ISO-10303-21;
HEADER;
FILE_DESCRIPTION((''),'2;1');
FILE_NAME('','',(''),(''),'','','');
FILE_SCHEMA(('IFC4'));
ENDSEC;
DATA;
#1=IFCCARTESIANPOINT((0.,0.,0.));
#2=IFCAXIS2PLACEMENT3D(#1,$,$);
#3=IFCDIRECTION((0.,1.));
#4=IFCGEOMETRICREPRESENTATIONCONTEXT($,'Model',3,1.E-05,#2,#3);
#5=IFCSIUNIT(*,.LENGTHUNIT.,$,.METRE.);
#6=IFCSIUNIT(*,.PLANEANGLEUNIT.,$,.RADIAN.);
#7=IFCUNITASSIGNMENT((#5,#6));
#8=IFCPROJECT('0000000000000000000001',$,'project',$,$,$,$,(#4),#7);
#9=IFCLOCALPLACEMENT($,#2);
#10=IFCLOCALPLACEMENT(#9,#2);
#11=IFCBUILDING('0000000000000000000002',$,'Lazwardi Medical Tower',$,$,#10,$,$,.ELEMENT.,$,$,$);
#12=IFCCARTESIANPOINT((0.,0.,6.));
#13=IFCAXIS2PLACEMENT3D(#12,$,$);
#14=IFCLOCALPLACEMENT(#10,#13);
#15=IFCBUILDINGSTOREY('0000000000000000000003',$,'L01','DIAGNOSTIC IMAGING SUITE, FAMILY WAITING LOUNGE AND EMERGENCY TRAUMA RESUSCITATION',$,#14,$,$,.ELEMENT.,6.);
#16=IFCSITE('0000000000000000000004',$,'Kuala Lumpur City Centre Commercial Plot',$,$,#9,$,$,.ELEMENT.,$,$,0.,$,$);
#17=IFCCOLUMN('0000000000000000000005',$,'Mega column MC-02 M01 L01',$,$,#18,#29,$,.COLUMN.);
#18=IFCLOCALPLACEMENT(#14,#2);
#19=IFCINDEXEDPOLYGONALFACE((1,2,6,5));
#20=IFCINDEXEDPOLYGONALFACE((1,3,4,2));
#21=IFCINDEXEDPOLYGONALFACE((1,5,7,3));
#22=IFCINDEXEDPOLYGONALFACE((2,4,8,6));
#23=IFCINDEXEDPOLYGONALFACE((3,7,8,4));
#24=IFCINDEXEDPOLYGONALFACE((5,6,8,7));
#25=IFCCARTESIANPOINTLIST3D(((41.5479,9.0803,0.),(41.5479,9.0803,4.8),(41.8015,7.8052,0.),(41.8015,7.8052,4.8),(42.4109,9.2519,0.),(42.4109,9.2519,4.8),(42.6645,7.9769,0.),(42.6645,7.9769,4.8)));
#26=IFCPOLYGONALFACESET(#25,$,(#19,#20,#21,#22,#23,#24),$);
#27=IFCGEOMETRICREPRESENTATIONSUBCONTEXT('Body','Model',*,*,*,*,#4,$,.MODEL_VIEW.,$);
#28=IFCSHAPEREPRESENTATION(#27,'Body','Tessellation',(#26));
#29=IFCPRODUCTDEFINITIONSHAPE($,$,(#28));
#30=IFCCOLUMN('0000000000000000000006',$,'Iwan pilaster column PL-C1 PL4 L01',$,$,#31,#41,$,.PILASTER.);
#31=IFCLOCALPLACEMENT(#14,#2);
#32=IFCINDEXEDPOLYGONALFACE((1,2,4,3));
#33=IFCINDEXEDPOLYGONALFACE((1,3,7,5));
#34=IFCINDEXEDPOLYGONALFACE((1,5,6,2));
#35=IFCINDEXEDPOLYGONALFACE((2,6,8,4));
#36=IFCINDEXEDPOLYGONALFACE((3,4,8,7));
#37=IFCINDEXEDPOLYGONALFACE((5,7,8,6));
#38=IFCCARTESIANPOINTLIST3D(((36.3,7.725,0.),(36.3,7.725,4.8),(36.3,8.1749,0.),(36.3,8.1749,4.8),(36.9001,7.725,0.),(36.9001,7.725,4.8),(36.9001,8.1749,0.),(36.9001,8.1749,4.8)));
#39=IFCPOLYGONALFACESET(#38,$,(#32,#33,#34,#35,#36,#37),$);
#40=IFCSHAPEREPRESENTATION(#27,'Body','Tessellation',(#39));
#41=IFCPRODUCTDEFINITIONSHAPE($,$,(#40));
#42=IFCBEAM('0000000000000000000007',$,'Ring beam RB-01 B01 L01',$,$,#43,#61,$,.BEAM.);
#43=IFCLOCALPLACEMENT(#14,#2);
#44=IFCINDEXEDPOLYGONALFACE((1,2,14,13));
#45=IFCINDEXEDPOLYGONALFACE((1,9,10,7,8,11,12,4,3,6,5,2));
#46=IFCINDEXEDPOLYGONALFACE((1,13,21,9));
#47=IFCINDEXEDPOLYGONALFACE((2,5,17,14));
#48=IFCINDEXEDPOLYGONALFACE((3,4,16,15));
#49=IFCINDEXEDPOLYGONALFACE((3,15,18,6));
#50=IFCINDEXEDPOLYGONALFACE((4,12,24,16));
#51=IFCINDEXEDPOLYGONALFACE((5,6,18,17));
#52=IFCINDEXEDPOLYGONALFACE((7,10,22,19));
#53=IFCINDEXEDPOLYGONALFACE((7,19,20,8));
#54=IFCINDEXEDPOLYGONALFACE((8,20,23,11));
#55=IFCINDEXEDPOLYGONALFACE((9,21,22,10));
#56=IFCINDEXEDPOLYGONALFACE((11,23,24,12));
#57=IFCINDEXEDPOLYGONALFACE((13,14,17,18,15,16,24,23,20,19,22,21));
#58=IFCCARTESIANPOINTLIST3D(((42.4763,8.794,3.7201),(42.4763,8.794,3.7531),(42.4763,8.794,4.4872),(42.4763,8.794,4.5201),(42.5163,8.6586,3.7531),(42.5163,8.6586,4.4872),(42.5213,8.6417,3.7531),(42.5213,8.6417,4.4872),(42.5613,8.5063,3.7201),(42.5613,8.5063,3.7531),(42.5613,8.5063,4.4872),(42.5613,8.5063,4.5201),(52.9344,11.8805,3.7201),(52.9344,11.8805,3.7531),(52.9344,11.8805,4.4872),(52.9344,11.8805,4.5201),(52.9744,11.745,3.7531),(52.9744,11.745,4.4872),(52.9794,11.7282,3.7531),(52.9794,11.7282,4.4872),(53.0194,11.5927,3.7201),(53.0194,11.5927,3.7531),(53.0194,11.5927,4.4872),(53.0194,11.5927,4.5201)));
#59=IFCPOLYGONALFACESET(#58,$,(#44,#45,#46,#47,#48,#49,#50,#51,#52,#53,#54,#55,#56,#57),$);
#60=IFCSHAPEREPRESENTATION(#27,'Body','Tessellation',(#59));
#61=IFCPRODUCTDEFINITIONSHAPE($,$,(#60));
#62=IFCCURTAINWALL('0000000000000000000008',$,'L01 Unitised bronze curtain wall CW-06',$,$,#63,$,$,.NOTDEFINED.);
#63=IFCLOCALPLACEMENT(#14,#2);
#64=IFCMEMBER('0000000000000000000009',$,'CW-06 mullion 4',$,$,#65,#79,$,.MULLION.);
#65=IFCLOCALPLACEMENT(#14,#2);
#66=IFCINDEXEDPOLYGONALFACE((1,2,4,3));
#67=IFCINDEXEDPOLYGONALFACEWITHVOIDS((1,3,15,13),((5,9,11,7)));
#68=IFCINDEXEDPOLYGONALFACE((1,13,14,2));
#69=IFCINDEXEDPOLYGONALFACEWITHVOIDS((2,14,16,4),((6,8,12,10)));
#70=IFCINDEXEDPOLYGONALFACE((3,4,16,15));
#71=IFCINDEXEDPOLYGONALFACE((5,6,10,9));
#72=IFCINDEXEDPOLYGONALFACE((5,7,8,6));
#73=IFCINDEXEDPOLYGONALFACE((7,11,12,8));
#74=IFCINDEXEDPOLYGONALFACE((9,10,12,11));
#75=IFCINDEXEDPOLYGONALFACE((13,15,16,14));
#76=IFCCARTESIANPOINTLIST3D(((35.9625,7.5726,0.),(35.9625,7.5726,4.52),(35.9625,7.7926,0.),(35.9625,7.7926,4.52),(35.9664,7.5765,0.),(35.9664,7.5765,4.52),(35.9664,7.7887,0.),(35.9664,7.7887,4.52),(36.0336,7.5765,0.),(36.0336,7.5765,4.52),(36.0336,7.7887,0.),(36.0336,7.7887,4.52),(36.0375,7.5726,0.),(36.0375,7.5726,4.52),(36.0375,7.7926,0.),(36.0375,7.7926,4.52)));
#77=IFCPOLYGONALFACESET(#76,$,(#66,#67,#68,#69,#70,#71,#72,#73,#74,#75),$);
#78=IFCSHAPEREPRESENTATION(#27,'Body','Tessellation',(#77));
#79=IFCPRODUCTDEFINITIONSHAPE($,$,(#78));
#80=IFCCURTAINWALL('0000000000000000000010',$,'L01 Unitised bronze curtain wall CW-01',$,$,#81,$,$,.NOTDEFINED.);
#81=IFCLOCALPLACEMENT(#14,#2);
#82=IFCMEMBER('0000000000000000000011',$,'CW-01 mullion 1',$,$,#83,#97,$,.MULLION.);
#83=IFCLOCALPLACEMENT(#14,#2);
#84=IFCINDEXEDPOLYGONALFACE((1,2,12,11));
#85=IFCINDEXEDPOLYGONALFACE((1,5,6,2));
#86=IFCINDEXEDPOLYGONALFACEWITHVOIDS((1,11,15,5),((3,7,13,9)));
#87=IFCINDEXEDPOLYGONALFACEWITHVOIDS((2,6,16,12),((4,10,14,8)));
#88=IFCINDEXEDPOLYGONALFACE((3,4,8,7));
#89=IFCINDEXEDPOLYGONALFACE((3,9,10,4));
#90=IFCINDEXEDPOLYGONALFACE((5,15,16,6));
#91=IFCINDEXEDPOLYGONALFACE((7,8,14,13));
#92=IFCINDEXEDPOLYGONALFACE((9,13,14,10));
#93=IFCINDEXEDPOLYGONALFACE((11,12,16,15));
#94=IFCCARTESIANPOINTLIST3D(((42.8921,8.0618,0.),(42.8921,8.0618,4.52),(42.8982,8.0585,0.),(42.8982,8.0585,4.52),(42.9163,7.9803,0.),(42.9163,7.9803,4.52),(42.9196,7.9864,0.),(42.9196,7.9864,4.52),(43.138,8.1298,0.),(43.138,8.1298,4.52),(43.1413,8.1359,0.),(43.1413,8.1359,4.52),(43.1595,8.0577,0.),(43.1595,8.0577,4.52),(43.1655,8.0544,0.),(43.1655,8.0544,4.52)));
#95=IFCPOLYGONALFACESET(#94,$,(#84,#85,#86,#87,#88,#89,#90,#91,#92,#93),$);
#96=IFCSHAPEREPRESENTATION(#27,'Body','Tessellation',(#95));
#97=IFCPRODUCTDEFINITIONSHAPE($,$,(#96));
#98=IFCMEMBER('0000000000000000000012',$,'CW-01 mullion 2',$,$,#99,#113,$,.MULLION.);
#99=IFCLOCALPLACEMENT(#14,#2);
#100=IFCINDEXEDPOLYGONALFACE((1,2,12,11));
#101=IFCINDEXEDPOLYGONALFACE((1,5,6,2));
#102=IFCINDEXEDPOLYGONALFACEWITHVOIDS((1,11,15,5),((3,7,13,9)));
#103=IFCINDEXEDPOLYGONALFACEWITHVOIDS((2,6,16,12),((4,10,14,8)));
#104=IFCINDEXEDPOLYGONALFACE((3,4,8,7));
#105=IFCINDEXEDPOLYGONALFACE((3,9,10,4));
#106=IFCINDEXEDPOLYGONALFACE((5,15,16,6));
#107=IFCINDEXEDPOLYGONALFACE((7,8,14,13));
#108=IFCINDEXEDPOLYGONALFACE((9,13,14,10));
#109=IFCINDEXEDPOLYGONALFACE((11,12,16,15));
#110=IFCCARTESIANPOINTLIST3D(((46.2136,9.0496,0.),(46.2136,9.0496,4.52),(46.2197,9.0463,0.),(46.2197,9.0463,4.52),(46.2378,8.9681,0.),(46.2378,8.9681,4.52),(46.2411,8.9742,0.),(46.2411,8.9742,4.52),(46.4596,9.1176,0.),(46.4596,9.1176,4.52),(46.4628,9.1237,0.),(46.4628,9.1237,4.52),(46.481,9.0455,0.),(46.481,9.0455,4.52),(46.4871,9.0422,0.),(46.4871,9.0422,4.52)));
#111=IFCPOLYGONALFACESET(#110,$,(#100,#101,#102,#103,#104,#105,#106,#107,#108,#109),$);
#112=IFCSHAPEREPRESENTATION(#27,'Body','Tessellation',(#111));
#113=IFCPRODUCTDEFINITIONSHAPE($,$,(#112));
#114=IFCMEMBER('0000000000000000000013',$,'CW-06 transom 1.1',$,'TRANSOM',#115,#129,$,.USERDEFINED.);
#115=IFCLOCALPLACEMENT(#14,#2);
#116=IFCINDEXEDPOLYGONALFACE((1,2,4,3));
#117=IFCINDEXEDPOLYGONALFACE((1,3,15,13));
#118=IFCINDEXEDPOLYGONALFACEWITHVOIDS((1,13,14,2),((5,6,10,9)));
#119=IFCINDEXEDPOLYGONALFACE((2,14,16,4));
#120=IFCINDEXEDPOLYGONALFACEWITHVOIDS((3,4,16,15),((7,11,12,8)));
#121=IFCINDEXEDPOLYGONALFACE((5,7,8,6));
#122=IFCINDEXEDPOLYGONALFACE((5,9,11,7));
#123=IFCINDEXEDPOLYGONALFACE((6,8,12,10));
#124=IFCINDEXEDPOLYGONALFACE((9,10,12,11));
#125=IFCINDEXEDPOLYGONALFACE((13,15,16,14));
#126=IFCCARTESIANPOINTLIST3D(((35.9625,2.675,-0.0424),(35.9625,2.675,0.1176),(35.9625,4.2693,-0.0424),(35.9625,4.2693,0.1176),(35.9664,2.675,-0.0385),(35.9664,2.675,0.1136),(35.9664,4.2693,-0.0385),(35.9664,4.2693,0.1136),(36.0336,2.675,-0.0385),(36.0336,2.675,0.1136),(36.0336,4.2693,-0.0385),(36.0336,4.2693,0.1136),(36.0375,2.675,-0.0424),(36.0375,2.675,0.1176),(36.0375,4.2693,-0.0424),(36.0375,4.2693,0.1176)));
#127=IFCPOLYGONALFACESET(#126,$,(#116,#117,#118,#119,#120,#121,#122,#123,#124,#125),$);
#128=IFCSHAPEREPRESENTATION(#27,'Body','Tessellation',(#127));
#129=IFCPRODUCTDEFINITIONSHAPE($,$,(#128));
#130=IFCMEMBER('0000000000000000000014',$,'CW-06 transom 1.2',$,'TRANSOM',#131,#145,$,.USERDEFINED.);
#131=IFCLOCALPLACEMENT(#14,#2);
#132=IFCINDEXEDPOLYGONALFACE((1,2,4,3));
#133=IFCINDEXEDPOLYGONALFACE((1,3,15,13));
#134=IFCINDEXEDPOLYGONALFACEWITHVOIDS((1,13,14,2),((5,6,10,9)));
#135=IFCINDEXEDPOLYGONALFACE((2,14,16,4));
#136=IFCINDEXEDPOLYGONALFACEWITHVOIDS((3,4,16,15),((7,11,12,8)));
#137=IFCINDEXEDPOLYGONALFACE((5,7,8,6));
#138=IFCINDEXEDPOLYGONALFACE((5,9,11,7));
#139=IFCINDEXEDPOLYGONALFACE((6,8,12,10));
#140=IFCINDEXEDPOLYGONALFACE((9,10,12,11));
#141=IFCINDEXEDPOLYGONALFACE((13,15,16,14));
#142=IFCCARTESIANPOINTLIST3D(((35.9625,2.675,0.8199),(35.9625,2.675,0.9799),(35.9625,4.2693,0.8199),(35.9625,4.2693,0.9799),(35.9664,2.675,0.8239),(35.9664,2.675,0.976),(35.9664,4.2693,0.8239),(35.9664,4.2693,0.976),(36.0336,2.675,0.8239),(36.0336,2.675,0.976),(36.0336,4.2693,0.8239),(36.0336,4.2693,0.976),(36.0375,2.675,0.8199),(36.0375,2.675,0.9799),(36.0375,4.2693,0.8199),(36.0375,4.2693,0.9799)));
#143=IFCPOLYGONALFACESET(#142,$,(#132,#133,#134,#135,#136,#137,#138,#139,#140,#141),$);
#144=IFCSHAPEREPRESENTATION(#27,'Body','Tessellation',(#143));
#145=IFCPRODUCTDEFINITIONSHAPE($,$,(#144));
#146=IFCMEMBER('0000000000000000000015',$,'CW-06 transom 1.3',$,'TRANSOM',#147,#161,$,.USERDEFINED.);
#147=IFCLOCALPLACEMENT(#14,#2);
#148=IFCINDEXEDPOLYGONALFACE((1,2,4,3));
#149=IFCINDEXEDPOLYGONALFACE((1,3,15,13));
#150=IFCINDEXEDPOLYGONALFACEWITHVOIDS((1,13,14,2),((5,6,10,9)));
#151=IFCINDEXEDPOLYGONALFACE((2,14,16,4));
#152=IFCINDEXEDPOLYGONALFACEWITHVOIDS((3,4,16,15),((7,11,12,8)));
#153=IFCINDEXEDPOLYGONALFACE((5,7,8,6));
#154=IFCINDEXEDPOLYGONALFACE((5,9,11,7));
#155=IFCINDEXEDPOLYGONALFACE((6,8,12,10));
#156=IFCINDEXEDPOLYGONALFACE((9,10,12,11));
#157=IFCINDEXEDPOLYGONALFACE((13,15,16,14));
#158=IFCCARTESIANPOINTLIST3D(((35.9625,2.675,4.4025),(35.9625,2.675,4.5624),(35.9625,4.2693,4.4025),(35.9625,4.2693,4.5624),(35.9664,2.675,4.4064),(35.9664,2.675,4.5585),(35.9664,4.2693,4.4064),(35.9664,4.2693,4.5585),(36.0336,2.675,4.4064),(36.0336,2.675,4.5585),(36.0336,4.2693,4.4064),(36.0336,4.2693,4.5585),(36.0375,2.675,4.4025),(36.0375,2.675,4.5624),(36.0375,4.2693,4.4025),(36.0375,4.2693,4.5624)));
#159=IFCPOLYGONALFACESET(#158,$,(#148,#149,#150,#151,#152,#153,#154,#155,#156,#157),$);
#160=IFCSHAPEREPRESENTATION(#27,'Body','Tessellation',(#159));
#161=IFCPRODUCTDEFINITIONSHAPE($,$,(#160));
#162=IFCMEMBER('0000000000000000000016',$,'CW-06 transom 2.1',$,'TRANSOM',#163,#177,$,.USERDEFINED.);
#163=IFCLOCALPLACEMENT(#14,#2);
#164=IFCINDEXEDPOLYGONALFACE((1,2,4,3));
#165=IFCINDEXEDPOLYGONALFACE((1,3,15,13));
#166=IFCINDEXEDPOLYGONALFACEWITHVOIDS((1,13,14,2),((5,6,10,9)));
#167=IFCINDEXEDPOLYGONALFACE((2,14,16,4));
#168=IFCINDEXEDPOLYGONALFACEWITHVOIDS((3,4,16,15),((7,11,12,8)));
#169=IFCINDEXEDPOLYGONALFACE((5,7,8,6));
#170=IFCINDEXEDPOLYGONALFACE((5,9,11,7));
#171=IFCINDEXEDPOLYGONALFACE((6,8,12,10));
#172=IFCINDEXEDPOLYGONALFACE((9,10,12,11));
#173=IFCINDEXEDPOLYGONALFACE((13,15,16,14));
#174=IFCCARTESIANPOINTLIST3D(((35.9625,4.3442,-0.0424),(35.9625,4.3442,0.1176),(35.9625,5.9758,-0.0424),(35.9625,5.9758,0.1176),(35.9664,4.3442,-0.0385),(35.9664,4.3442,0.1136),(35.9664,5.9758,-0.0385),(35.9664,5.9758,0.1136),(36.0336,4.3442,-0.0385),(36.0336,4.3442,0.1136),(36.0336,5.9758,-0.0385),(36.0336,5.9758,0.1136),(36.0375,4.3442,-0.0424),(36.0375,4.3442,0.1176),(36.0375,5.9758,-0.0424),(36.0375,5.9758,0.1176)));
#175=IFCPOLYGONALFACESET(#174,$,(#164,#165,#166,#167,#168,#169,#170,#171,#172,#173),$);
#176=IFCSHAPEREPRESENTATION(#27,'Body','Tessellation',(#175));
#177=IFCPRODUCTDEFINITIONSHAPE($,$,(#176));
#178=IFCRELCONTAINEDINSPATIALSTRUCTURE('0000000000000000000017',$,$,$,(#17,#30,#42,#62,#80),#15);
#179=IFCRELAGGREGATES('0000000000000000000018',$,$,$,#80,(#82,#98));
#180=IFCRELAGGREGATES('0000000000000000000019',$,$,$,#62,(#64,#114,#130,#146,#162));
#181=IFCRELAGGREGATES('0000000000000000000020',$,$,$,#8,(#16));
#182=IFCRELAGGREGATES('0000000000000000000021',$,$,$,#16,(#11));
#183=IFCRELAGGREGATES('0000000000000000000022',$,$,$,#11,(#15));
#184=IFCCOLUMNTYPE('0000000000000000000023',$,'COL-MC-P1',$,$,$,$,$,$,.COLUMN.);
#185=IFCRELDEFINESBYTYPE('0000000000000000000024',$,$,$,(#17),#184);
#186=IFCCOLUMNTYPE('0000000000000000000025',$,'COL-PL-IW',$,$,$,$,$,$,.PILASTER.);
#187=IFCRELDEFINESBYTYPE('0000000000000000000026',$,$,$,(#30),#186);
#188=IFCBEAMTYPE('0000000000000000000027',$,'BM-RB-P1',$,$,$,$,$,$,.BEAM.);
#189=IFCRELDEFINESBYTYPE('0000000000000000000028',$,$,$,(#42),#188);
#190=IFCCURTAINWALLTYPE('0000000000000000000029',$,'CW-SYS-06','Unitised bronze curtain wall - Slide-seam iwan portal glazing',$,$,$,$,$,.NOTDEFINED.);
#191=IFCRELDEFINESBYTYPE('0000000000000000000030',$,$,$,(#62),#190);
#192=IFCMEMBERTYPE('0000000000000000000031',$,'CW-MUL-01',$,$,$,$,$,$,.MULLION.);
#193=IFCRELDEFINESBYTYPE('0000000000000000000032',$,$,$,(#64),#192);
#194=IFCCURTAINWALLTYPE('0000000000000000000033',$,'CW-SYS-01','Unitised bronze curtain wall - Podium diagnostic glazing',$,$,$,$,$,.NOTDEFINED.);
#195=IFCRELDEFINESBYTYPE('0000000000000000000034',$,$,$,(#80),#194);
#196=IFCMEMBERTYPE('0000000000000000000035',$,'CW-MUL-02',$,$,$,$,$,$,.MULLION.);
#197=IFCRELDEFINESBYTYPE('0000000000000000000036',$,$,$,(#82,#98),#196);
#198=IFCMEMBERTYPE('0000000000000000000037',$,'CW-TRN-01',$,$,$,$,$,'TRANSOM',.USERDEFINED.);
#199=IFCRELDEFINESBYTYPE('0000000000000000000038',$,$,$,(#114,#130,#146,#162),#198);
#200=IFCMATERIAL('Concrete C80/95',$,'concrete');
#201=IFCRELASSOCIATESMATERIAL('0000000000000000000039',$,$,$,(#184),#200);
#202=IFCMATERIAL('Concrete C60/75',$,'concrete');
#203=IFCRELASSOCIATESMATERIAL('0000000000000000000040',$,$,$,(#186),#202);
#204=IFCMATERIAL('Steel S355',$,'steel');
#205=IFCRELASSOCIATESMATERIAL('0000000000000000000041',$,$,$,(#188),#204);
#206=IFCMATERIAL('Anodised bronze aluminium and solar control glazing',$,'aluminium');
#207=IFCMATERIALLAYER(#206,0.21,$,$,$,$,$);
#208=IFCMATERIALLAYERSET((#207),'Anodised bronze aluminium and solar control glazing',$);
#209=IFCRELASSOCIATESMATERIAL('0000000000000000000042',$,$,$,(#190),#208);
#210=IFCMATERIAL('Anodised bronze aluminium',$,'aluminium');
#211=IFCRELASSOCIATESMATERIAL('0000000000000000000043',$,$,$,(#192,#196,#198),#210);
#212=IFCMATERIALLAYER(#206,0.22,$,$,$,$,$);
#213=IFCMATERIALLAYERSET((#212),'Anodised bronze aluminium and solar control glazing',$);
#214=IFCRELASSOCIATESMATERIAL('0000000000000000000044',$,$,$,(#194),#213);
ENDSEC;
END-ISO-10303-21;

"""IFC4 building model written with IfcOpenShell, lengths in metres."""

from ifc_helpers import new_model, si_unit, direction, frame, origin, origin_2d, place, context, subcontext, project, spatial, rectangle, hollow_rectangle, i_section, extrude, material, layer, layer_set, material_profile, profile_set, type_object, element, aggregate, save


model = new_model("IFC4")

# Units and contexts
model_context = context("Model", 3, precision=1e-05, world=origin(), true_north=direction((0.0, 1.0)))
body_context = subcontext(model_context, "Body", "Model", "MODEL_VIEW")
ifc_project = project(units=[si_unit("LENGTHUNIT", "METRE"), si_unit("PLANEANGLEUNIT", "RADIAN")], contexts=[model_context])

# Site, building, storey
site_placement = place(None, origin())
site = spatial("IfcSite", under=ifc_project, at=site_placement, Name="Kuala Lumpur City Centre Commercial Plot", CompositionType="ELEMENT", RefElevation=0.0)
building_placement = place(site_placement, origin())
building = spatial("IfcBuilding", under=site, at=building_placement, Name="Lazwardi Medical Tower", CompositionType="ELEMENT")
storey_placement = place(building_placement, frame((0.0, 0.0, 6.0)))
storey = spatial("IfcBuildingStorey", under=building, at=storey_placement, Name="L01", Description="DIAGNOSTIC IMAGING SUITE, FAMILY WAITING LOUNGE AND EMERGENCY TRAUMA RESUSCITATION", CompositionType="ELEMENT", Elevation=6.0)

# Columns
ifc_material_1 = material(Name="Concrete C80/95", Category="concrete")
ifc_material_profile_1 = material_profile(ifc_material_1, rectangle(XDim=1.3, YDim=0.8799, at=origin_2d()), Name="CFT-RECT 1300x880")
ifc_profile_set_1 = profile_set([ifc_material_profile_1], Name="Concrete C80/95")
column_type_1 = type_object("IfcColumnType", Name="COL-MC-P1", PredefinedType="COLUMN", material=ifc_profile_set_1)
column_1_placement = place(storey_placement, frame((42.1062, 8.5286, 0.0), z_axis=(0.0, 0.0, 1.0), x_axis=(0.19509, -0.980785, 0.0)))
element("IfcColumn", 1, at=column_1_placement, inside=storey, type_object=column_type_1, Name="Mega column MC-02 M01 L01", PredefinedType="COLUMN", context=body_context, shape_type="SweptSolid", body=[
    extrude(rectangle(XDim=1.3, YDim=0.8799, at=origin_2d()), origin(), (0.0, 0.0, 1.0), 4.8),
])
ifc_material_2 = material(Name="Concrete C60/75", Category="concrete")
ifc_material_profile_2 = material_profile(ifc_material_2, rectangle(XDim=0.6001, YDim=0.45, at=origin_2d()), Name="RC 600x450")
ifc_profile_set_2 = profile_set([ifc_material_profile_2], Name="Concrete C60/75")
column_type_2 = type_object("IfcColumnType", Name="COL-PL-IW", PredefinedType="PILASTER", material=ifc_profile_set_2)
column_2_placement = place(storey_placement, frame((36.6001, 7.95, 0.0), z_axis=(0.0, 0.0, 1.0), x_axis=(1.0, 0.0, 0.0)))
element("IfcColumn", 2, at=column_2_placement, inside=storey, type_object=column_type_2, Name="Iwan pilaster column PL-C1 PL4 L01", PredefinedType="PILASTER", context=body_context, shape_type="SweptSolid", body=[
    extrude(rectangle(XDim=0.6001, YDim=0.45, at=origin_2d()), origin(), (0.0, 0.0, 1.0), 4.8),
])

# Beam
ifc_material_3 = material(Name="Steel S355", Category="steel")
ifc_material_profile_3 = material_profile(ifc_material_3, i_section(OverallWidth=0.3, OverallDepth=0.8, WebThickness=0.0176, FlangeThickness=0.033, at=origin_2d()), Name="HEB 800")
ifc_profile_set_3 = profile_set([ifc_material_profile_3], Name="Steel S355")
beam_type = type_object("IfcBeamType", Name="BM-RB-P1", PredefinedType="BEAM", material=ifc_profile_set_3)
beam_placement = place(storey_placement, frame((42.5188, 8.6501, 4.1201), z_axis=(0.959103, 0.283056, 0.0), x_axis=(-0.283056, 0.959103, 0.0)))
element("IfcBeam", 3, at=beam_placement, inside=storey, type_object=beam_type, Name="Ring beam RB-01 B01 L01", PredefinedType="BEAM", context=body_context, shape_type="SweptSolid", body=[
    extrude(i_section(OverallWidth=0.3, OverallDepth=0.8, WebThickness=0.0176, FlangeThickness=0.033, at=origin_2d()), origin(), (0.0, 0.0, 1.0), 10.9041),
])

# Curtain wall, member
ifc_material_4 = material(Name="Anodised bronze aluminium and solar control glazing", Category="aluminium")
ifc_layer_1 = layer(ifc_material_4, 0.21)
ifc_layer_set_1 = layer_set([ifc_layer_1], Name="Anodised bronze aluminium and solar control glazing")
curtain_wall_type_1 = type_object("IfcCurtainWallType", Name="CW-SYS-06", Description="Unitised bronze curtain wall - Slide-seam iwan portal glazing", PredefinedType="NOTDEFINED", material=ifc_layer_set_1)
curtain_wall_1_placement = place(storey_placement, origin())
curtain_wall_1 = element("IfcCurtainWall", 4, at=curtain_wall_1_placement, inside=storey, type_object=curtain_wall_type_1, Name="L01 Unitised bronze curtain wall CW-06", PredefinedType="NOTDEFINED")
ifc_material_5 = material(Name="Anodised bronze aluminium", Category="aluminium")
ifc_material_profile_4 = material_profile(ifc_material_5, hollow_rectangle(XDim=0.075, YDim=0.22, WallThickness=0.0039, at=origin_2d()), Name="ALU-MULLION 220x75x4")
ifc_profile_set_4 = profile_set([ifc_material_profile_4], Name="Anodised bronze aluminium")
member_type_1 = type_object("IfcMemberType", Name="CW-MUL-01", PredefinedType="MULLION", material=ifc_profile_set_4)
member_1_placement = place(storey_placement, frame((36.0, 7.6826, 0.0), z_axis=(0.0, 0.0, 1.0), x_axis=(-1.0, 0.0, 0.0)))
member_1 = element("IfcMember", 5, at=member_1_placement, type_object=member_type_1, Name="CW-06 mullion 4", PredefinedType="MULLION", context=body_context, shape_type="SweptSolid", body=[
    extrude(hollow_rectangle(XDim=0.075, YDim=0.22, WallThickness=0.0039, at=origin_2d()), origin(), (0.0, 0.0, 1.0), 4.52),
])

# Curtain wall, members
ifc_layer_2 = layer(ifc_material_4, 0.22)
ifc_layer_set_2 = layer_set([ifc_layer_2], Name="Anodised bronze aluminium and solar control glazing")
curtain_wall_type_2 = type_object("IfcCurtainWallType", Name="CW-SYS-01", Description="Unitised bronze curtain wall - Podium diagnostic glazing", PredefinedType="NOTDEFINED", material=ifc_layer_set_2)
curtain_wall_2_placement = place(storey_placement, origin())
curtain_wall_2 = element("IfcCurtainWall", 6, at=curtain_wall_2_placement, inside=storey, type_object=curtain_wall_type_2, Name="L01 Unitised bronze curtain wall CW-01", PredefinedType="NOTDEFINED")
ifc_material_profile_5 = material_profile(ifc_material_5, hollow_rectangle(XDim=0.085, YDim=0.26, WallThickness=0.0049, at=origin_2d()), Name="ALU-MULLION 260x85x5")
ifc_profile_set_5 = profile_set([ifc_material_profile_5], Name="Anodised bronze aluminium")
member_type_2 = type_object("IfcMemberType", Name="CW-MUL-02", PredefinedType="MULLION", material=ifc_profile_set_5)
member_2_placement = place(storey_placement, frame((43.0288, 8.0581, 0.0), z_axis=(0.0, 0.0, 1.0), x_axis=(-0.285047, 0.958513, 0.0)))
member_2 = element("IfcMember", 7, at=member_2_placement, type_object=member_type_2, Name="CW-01 mullion 1", PredefinedType="MULLION", context=body_context, shape_type="SweptSolid", body=[
    extrude(hollow_rectangle(XDim=0.085, YDim=0.26, WallThickness=0.0049, at=origin_2d()), origin(), (0.0, 0.0, 1.0), 4.52),
])
member_3_placement = place(storey_placement, frame((46.3503, 9.0459, 0.0), z_axis=(0.0, 0.0, 1.0), x_axis=(-0.285047, 0.958513, 0.0)))
member_3 = element("IfcMember", 8, at=member_3_placement, type_object=member_type_2, Name="CW-01 mullion 2", PredefinedType="MULLION", context=body_context, shape_type="SweptSolid", body=[
    extrude(hollow_rectangle(XDim=0.085, YDim=0.26, WallThickness=0.0049, at=origin_2d()), origin(), (0.0, 0.0, 1.0), 4.52),
])

# Members
ifc_material_profile_6 = material_profile(ifc_material_5, hollow_rectangle(XDim=0.075, YDim=0.1599, WallThickness=0.0039, at=origin_2d()), Name="ALU-TRANSOM 160x75x4")
ifc_profile_set_6 = profile_set([ifc_material_profile_6], Name="Anodised bronze aluminium")
member_type_3 = type_object("IfcMemberType", Name="CW-TRN-01", ElementType="TRANSOM", PredefinedType="USERDEFINED", material=ifc_profile_set_6)
member_4_placement = place(storey_placement, frame((36.0, 2.675, 0.0376), z_axis=(0.0, 1.0, 0.0), x_axis=(-1.0, 0.0, 0.0)))
member_4 = element("IfcMember", 9, at=member_4_placement, type_object=member_type_3, Name="CW-06 transom 1.1", ObjectType="TRANSOM", PredefinedType="USERDEFINED", context=body_context, shape_type="SweptSolid", body=[
    extrude(hollow_rectangle(XDim=0.075, YDim=0.1599, WallThickness=0.0039, at=origin_2d()), origin(), (0.0, 0.0, 1.0), 1.5942),
])
member_5_placement = place(storey_placement, frame((36.0, 2.675, 0.8999), z_axis=(0.0, 1.0, 0.0), x_axis=(-1.0, 0.0, 0.0)))
member_5 = element("IfcMember", 10, at=member_5_placement, type_object=member_type_3, Name="CW-06 transom 1.2", ObjectType="TRANSOM", PredefinedType="USERDEFINED", context=body_context, shape_type="SweptSolid", body=[
    extrude(hollow_rectangle(XDim=0.075, YDim=0.1599, WallThickness=0.0039, at=origin_2d()), origin(), (0.0, 0.0, 1.0), 1.5942),
])
member_6_placement = place(storey_placement, frame((36.0, 2.675, 4.4824), z_axis=(0.0, 1.0, 0.0), x_axis=(-1.0, 0.0, 0.0)))
member_6 = element("IfcMember", 11, at=member_6_placement, type_object=member_type_3, Name="CW-06 transom 1.3", ObjectType="TRANSOM", PredefinedType="USERDEFINED", context=body_context, shape_type="SweptSolid", body=[
    extrude(hollow_rectangle(XDim=0.075, YDim=0.1599, WallThickness=0.0039, at=origin_2d()), origin(), (0.0, 0.0, 1.0), 1.5942),
])
member_7_placement = place(storey_placement, frame((36.0, 4.3442, 0.0376), z_axis=(0.0, 1.0, 0.0), x_axis=(-1.0, 0.0, 0.0)))
member_7 = element("IfcMember", 12, at=member_7_placement, type_object=member_type_3, Name="CW-06 transom 2.1", ObjectType="TRANSOM", PredefinedType="USERDEFINED", context=body_context, shape_type="SweptSolid", body=[
    extrude(hollow_rectangle(XDim=0.075, YDim=0.1599, WallThickness=0.0039, at=origin_2d()), origin(), (0.0, 0.0, 1.0), 1.6316),
])

aggregate(curtain_wall_2, [member_2, member_3])
aggregate(curtain_wall_1, [member_1, member_4, member_5, member_6, member_7])

save(model, "model.ifc")
